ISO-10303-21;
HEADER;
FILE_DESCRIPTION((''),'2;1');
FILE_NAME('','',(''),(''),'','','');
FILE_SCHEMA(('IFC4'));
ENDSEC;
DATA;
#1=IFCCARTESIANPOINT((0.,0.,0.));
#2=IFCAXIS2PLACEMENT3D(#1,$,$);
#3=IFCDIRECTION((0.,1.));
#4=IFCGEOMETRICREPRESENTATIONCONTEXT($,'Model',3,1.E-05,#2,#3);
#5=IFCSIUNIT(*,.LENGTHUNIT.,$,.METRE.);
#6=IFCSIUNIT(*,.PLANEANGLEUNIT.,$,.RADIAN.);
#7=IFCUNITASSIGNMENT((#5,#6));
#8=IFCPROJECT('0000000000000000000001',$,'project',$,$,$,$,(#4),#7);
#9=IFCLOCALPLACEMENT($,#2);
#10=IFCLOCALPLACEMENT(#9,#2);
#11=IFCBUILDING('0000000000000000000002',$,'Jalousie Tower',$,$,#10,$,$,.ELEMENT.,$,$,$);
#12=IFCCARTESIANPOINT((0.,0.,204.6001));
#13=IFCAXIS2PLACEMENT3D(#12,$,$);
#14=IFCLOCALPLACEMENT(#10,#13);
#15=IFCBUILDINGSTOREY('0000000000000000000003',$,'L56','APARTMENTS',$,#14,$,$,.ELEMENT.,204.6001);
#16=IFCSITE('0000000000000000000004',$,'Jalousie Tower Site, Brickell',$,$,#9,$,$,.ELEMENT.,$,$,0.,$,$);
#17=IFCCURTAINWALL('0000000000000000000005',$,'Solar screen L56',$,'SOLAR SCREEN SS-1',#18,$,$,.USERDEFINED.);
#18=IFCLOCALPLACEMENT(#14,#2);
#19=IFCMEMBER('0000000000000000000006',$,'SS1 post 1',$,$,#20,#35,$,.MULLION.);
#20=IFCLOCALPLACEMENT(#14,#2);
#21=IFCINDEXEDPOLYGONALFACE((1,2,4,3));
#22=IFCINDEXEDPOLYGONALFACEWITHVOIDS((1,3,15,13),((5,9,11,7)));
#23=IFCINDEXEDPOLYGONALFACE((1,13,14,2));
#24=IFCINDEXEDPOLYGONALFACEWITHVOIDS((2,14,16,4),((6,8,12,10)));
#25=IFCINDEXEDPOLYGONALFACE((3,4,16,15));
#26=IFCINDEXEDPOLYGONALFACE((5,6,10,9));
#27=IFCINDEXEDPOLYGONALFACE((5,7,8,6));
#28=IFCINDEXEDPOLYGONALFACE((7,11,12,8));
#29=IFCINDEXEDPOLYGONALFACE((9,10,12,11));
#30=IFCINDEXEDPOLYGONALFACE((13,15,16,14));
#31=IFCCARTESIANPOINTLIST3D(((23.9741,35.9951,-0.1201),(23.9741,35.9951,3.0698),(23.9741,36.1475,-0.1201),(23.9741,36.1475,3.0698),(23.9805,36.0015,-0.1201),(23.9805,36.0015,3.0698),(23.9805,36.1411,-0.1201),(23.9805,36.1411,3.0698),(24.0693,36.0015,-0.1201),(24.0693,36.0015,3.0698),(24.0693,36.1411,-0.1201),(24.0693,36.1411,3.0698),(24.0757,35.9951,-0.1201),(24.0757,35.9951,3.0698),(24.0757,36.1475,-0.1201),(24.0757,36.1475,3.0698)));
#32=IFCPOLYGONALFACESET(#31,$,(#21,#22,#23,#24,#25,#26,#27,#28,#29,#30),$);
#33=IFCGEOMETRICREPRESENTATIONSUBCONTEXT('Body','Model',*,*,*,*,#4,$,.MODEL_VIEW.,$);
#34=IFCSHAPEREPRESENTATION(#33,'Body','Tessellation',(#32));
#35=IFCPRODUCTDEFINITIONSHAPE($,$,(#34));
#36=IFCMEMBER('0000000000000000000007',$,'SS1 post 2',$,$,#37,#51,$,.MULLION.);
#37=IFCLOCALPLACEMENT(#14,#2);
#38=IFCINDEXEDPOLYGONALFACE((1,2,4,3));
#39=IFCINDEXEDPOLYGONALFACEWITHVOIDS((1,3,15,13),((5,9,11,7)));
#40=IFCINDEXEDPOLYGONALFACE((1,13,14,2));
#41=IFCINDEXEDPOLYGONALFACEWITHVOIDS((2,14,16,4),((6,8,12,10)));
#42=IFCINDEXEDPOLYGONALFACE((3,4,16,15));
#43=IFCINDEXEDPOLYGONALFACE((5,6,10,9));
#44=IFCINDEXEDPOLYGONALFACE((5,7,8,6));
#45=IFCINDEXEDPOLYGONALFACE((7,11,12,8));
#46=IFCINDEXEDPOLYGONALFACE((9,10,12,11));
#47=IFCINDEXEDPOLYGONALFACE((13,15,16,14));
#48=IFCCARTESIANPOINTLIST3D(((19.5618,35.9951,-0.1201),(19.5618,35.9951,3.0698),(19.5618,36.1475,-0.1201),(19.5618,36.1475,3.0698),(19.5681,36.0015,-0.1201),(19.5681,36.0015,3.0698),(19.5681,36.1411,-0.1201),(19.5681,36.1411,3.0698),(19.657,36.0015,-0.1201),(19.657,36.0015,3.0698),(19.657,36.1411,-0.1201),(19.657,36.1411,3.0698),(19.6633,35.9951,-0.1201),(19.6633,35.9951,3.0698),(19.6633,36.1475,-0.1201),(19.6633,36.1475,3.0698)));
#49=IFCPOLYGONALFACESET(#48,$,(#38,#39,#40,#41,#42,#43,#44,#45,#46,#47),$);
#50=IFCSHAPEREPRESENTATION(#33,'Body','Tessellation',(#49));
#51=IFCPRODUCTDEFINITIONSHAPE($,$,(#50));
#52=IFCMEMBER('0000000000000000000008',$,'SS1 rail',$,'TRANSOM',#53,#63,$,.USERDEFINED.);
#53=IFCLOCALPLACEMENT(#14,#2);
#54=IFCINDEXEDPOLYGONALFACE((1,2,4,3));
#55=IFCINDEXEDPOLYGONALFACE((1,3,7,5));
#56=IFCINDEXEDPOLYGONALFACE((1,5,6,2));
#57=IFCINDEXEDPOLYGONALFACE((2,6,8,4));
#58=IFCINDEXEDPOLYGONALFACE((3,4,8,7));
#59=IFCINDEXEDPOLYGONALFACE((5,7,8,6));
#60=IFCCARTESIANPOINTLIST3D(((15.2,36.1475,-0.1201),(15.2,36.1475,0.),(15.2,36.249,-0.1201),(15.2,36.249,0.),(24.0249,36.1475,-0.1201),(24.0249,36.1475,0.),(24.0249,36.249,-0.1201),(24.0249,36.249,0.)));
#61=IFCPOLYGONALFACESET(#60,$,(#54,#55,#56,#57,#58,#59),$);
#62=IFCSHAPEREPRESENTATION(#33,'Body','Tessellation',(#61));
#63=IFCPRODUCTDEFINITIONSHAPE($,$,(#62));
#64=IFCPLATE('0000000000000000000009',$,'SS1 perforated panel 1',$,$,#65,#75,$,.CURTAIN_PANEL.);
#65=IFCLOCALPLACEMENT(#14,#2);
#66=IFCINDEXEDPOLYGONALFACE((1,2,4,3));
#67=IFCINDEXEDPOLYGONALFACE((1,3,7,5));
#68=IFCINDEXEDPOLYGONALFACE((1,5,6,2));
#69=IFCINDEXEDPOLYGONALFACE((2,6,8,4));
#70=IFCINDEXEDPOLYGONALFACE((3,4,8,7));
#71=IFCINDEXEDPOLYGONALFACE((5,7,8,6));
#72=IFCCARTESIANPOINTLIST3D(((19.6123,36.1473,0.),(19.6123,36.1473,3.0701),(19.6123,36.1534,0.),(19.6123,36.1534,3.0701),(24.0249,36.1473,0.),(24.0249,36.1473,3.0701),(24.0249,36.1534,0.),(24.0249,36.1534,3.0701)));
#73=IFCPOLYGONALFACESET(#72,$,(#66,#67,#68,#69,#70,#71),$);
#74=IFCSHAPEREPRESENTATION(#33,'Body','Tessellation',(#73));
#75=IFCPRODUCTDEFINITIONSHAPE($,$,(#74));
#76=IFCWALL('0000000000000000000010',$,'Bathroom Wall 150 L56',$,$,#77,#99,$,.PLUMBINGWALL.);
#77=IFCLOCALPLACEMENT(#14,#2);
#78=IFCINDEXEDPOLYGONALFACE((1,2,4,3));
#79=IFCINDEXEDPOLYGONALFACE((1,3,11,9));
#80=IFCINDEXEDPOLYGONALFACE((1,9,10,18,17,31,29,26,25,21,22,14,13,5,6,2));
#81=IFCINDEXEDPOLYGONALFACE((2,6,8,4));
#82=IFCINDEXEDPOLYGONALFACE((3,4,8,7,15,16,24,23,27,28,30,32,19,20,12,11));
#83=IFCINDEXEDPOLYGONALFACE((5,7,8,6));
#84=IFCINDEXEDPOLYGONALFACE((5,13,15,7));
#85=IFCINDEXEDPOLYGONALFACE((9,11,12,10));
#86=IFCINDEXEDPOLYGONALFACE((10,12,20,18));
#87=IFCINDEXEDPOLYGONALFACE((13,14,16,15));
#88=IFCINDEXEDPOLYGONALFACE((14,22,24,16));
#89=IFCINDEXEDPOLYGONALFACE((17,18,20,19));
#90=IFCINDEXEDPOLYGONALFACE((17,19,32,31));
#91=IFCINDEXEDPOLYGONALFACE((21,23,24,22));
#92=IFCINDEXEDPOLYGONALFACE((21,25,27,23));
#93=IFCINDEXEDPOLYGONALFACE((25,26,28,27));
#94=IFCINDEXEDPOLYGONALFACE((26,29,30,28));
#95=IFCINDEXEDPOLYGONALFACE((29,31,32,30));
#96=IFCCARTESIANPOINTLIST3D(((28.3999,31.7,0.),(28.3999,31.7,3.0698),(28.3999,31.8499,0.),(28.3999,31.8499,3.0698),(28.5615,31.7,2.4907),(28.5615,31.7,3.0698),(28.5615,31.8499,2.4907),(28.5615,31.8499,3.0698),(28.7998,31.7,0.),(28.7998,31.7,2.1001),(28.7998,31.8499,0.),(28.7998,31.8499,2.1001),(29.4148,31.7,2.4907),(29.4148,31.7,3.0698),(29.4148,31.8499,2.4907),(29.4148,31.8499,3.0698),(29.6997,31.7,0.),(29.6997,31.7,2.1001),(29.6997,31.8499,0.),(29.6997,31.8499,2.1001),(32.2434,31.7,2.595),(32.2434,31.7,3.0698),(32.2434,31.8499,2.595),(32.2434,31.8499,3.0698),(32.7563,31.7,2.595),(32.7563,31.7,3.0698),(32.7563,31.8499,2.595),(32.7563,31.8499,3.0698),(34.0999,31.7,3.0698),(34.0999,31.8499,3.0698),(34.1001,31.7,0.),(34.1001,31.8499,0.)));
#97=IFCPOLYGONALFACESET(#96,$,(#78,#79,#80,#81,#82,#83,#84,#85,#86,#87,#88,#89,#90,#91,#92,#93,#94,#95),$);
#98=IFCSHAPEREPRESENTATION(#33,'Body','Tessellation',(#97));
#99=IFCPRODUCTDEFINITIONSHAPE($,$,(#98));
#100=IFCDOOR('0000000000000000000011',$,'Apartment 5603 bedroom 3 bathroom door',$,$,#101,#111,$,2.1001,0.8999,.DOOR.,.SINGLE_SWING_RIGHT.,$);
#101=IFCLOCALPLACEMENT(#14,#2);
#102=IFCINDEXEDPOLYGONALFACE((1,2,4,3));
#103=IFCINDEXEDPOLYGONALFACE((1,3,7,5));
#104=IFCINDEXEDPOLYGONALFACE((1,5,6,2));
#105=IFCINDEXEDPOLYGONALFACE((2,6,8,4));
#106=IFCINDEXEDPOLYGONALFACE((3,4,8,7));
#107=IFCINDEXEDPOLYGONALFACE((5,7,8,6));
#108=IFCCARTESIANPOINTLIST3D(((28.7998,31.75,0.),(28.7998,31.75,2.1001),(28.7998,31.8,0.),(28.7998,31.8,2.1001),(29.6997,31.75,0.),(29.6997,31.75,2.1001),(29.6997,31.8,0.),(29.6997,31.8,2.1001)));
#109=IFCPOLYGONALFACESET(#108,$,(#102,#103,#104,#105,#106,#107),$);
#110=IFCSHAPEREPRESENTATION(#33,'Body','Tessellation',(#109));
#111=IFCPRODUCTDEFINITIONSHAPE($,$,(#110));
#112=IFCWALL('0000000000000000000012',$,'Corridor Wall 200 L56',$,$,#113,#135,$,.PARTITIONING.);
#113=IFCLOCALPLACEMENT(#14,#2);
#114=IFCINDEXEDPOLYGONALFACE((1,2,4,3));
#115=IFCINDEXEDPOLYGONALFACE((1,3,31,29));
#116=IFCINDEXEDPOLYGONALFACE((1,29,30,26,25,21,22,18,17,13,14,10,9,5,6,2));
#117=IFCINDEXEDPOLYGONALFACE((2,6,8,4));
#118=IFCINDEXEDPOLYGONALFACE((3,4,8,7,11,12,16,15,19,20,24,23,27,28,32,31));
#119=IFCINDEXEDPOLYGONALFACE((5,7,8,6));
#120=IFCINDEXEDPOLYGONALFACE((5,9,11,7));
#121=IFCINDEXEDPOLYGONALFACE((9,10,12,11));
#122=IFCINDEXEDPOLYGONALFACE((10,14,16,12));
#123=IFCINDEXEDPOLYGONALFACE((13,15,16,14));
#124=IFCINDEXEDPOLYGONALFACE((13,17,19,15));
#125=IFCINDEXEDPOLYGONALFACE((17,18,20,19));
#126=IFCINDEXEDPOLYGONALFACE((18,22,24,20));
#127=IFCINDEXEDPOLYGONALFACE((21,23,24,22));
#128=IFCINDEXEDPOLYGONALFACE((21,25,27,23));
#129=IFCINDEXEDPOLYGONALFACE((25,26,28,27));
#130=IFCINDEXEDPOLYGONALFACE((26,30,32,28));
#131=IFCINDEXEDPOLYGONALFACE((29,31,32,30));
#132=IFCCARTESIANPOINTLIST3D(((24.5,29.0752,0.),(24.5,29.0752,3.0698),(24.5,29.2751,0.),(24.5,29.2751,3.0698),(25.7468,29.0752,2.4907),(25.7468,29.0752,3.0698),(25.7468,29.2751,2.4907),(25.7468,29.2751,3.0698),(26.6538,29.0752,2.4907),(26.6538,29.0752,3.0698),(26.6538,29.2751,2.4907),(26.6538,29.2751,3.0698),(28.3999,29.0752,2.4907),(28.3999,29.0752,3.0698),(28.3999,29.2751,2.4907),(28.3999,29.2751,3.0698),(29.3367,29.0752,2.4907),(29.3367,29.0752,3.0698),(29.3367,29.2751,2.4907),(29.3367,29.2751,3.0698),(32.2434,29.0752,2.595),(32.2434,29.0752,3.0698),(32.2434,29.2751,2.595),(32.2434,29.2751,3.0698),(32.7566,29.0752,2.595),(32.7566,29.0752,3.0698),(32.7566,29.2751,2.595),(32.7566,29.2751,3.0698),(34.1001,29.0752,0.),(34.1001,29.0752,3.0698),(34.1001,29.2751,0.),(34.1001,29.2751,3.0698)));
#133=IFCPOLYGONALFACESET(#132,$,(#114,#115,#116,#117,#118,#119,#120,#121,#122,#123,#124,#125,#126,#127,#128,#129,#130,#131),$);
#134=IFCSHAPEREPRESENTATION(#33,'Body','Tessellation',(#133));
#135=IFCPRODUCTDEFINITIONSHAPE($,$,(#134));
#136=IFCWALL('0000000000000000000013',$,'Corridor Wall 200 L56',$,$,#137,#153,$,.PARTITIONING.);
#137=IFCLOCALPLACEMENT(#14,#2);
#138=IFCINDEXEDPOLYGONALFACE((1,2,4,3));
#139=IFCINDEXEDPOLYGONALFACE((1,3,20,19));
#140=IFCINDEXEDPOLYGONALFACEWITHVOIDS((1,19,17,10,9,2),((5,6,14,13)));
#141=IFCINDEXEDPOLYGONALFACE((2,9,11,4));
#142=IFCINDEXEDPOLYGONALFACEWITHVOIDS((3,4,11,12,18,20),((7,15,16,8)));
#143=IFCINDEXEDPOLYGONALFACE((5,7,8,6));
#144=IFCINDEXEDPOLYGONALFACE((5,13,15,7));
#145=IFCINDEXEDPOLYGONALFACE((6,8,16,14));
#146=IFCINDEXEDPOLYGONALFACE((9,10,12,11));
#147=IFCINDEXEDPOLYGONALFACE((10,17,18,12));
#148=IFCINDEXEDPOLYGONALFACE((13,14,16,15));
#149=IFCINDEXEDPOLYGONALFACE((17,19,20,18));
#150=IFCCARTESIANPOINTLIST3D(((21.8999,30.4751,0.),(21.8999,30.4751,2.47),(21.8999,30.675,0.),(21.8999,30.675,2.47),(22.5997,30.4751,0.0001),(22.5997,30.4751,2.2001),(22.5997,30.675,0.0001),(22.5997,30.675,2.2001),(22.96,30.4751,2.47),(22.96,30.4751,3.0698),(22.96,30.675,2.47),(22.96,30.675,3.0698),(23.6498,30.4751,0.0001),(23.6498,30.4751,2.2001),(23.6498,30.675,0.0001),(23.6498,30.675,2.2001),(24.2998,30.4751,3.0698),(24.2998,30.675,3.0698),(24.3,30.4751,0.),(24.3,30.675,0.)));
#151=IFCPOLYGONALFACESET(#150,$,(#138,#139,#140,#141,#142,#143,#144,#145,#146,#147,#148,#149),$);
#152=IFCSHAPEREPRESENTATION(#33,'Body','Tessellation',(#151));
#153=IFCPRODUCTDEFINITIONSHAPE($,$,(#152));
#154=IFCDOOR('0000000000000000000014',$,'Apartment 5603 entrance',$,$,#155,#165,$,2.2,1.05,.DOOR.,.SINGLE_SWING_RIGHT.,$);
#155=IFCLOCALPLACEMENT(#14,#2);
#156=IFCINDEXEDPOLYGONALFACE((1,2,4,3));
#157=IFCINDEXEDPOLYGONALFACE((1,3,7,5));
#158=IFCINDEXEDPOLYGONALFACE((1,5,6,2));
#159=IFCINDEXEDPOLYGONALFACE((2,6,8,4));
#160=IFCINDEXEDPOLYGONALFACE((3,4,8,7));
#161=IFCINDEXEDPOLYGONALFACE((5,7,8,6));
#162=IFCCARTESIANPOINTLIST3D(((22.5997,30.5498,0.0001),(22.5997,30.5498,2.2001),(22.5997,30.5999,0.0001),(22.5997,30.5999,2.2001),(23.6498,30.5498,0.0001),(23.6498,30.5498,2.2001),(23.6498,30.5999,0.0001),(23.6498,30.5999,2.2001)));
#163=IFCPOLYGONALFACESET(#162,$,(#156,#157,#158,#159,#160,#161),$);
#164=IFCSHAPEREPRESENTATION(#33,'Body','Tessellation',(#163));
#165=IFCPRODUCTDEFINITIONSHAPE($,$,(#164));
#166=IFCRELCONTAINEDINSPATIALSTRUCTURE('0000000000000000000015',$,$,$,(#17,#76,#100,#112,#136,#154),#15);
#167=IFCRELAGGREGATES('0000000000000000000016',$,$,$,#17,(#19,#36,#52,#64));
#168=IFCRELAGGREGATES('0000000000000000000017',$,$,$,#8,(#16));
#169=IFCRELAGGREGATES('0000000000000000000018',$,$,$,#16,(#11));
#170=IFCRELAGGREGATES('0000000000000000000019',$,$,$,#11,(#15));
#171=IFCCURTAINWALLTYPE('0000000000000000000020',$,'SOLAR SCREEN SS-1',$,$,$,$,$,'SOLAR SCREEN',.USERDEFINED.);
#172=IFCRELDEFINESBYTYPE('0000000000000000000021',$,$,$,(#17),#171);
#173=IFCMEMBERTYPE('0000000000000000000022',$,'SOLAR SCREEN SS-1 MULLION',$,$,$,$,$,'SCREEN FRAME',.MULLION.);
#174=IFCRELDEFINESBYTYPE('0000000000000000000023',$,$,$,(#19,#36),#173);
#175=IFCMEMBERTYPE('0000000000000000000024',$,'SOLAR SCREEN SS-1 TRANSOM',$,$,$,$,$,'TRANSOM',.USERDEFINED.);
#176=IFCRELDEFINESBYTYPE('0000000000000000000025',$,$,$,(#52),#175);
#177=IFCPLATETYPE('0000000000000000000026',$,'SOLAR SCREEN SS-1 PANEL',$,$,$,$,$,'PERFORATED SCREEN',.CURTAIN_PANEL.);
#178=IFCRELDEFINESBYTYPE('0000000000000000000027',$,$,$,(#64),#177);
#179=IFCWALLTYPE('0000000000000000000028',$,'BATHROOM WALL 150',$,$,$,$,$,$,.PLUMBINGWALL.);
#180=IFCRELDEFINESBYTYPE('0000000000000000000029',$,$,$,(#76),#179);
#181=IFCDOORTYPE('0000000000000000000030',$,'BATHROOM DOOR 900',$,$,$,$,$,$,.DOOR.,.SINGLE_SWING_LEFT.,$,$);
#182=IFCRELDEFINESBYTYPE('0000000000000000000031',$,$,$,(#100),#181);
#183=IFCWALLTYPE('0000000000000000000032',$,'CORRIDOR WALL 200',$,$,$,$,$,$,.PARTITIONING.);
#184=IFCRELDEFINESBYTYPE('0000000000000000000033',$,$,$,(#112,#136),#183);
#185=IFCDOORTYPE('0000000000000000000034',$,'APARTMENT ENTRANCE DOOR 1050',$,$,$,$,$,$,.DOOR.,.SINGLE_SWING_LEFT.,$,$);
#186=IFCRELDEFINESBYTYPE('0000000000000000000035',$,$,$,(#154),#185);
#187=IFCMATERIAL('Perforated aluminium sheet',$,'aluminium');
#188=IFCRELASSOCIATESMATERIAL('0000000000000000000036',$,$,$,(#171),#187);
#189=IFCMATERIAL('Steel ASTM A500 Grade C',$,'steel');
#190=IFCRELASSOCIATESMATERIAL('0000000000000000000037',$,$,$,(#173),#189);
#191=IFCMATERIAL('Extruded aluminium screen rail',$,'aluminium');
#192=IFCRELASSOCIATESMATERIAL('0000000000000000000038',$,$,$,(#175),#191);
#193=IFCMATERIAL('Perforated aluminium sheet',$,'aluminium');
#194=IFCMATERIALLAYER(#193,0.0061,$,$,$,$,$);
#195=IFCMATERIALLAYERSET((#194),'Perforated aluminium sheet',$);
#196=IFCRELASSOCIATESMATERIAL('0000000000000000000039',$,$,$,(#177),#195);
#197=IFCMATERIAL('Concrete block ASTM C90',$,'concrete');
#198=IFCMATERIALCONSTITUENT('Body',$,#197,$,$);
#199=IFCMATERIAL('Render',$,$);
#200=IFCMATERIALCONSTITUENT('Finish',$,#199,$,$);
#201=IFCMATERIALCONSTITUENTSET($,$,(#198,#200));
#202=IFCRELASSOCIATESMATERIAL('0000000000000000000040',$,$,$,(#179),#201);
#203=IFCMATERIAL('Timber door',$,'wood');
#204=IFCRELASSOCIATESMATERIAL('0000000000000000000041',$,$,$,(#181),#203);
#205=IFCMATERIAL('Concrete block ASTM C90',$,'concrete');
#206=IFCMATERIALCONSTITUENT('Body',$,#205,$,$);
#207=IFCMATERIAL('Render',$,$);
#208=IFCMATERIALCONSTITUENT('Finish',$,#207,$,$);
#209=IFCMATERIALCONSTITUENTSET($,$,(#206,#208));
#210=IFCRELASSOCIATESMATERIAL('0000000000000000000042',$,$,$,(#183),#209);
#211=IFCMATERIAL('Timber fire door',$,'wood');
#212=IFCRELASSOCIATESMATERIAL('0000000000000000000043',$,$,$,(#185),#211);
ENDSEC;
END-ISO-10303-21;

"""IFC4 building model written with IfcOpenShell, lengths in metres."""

from ifc_helpers import new_model, si_unit, direction, frame, frame_2d, origin, origin_2d, place, context, subcontext, project, spatial, polyline, rectangle, hollow_rectangle, outline, extrude, material, layer, layer_set, constituent, constituent_set, material_profile, profile_set, type_object, element, fill, aggregate, save


model = new_model("IFC4")

# Units and contexts
model_context = context("Model", 3, precision=1e-05, world=origin(), true_north=direction((0.0, 1.0)))
body_context = subcontext(model_context, "Body", "Model", "MODEL_VIEW")
ifc_project = project(units=[si_unit("LENGTHUNIT", "METRE"), si_unit("PLANEANGLEUNIT", "RADIAN")], contexts=[model_context])

# Site, building, storey
site_placement = place(None, origin())
site = spatial("IfcSite", under=ifc_project, at=site_placement, Name="Jalousie Tower Site, Brickell", CompositionType="ELEMENT", RefElevation=0.0)
building_placement = place(site_placement, origin())
building = spatial("IfcBuilding", under=site, at=building_placement, Name="Jalousie Tower", CompositionType="ELEMENT")
storey_placement = place(building_placement, frame((0.0, 0.0, 204.6001)))
storey = spatial("IfcBuildingStorey", under=building, at=storey_placement, Name="L56", Description="APARTMENTS", CompositionType="ELEMENT", Elevation=204.6001)

# Shared definitions
ifc_material_1 = material(Name="Perforated aluminium sheet", Category="aluminium")
curtain_wall_type = type_object("IfcCurtainWallType", Name="SOLAR SCREEN SS-1", ElementType="SOLAR SCREEN", PredefinedType="USERDEFINED", material=ifc_material_1)
ifc_material_2 = material(Name="Steel ASTM A500 Grade C", Category="steel")
ifc_material_profile_1 = material_profile(ifc_material_2, hollow_rectangle(XDim=0.1016, YDim=0.1523, WallThickness=0.0063, at=origin_2d()), Name="HSS6X4X1/4")
ifc_profile_set_1 = profile_set([ifc_material_profile_1], Name="Steel ASTM A500 Grade C")
member_type_1 = type_object("IfcMemberType", Name="SOLAR SCREEN SS-1 MULLION", ElementType="SCREEN FRAME", PredefinedType="MULLION", material=ifc_profile_set_1)

# Curtain wall, members, plate
curtain_wall_1_placement = place(storey_placement, origin())
curtain_wall_1 = element("IfcCurtainWall", 1, at=curtain_wall_1_placement, inside=storey, type_object=curtain_wall_type, Name="Solar screen L56", ObjectType="SOLAR SCREEN SS-1", PredefinedType="USERDEFINED")
member_1_placement = place(storey_placement, frame((24.0249, 36.0713, -0.1201), z_axis=(0.0, 0.0, 1.0), x_axis=(-1.0, 0.0, 0.0)))
member_1 = element("IfcMember", 2, at=member_1_placement, type_object=member_type_1, Name="SS1 post 1", PredefinedType="MULLION", context=body_context, shape_type="SweptSolid", body=[
    extrude(hollow_rectangle(XDim=0.1016, YDim=0.1523, WallThickness=0.0063, at=origin_2d()), origin(), (0.0, 0.0, 1.0), 3.1899),
])
member_2_placement = place(storey_placement, frame((19.6125, 36.0713, -0.1201), z_axis=(0.0, 0.0, 1.0), x_axis=(-1.0, 0.0, 0.0)))
member_2 = element("IfcMember", 3, at=member_2_placement, type_object=member_type_1, Name="SS1 post 2", PredefinedType="MULLION", context=body_context, shape_type="SweptSolid", body=[
    extrude(hollow_rectangle(XDim=0.1016, YDim=0.1523, WallThickness=0.0063, at=origin_2d()), origin(), (0.0, 0.0, 1.0), 3.1899),
])
ifc_material_3 = material(Name="Extruded aluminium screen rail", Category="aluminium")
ifc_material_profile_2 = material_profile(ifc_material_3, rectangle(XDim=0.1016, YDim=0.1201, at=origin_2d()), Name="RAIL 102x120")
ifc_profile_set_2 = profile_set([ifc_material_profile_2], Name="Extruded aluminium screen rail")
member_type_2 = type_object("IfcMemberType", Name="SOLAR SCREEN SS-1 TRANSOM", ElementType="TRANSOM", PredefinedType="USERDEFINED", material=ifc_profile_set_2)
member_3_placement = place(storey_placement, frame((24.0249, 36.1982, -0.0601), z_axis=(-1.0, 0.0, 0.0), x_axis=(0.0, -1.0, 0.0)))
member_3 = element("IfcMember", 4, at=member_3_placement, type_object=member_type_2, Name="SS1 rail", ObjectType="TRANSOM", PredefinedType="USERDEFINED", context=body_context, shape_type="SweptSolid", body=[
    extrude(rectangle(XDim=0.1016, YDim=0.1201, at=origin_2d()), origin(), (0.0, 0.0, 1.0), 8.825),
])
ifc_material_4 = material(Name="Perforated aluminium sheet", Category="aluminium")
ifc_layer = layer(ifc_material_4, 0.0061)
ifc_layer_set = layer_set([ifc_layer], Name="Perforated aluminium sheet")
plate_type = type_object("IfcPlateType", Name="SOLAR SCREEN SS-1 PANEL", ElementType="PERFORATED SCREEN", PredefinedType="CURTAIN_PANEL", material=ifc_layer_set)
plate_placement = place(storey_placement, frame((21.8186, 36.1504, 0.0), z_axis=(0.0, 0.0, 1.0), x_axis=(-1.0, 0.0, 0.0)))
plate = element("IfcPlate", 5, at=plate_placement, type_object=plate_type, Name="SS1 perforated panel 1", PredefinedType="CURTAIN_PANEL", context=body_context, shape_type="SweptSolid", body=[
    extrude(rectangle(XDim=4.4126, YDim=0.0061, at=origin_2d()), origin(), (0.0, 0.0, 1.0), 3.0701),
])
aggregate(curtain_wall_1, [member_1, member_2, member_3, plate])

# Wall, opening, door
ifc_material_5 = material(Name="Concrete block ASTM C90", Category="concrete")
ifc_constituent_1 = constituent(ifc_material_5, Name="Body")
ifc_material_6 = material(Name="Render")
ifc_constituent_2 = constituent(ifc_material_6, Name="Finish")
ifc_constituent_set_1 = constituent_set(constituents=[ifc_constituent_1, ifc_constituent_2])
wall_type_1 = type_object("IfcWallType", Name="BATHROOM WALL 150", PredefinedType="PLUMBINGWALL", material=ifc_constituent_set_1)
wall_1_placement = place(storey_placement, frame((28.3999, 31.7749, 0.0), z_axis=(0.0, 0.0, 1.0), x_axis=(1.0, 0.0, 0.0)))
wall_1 = element("IfcWall", 6, at=wall_1_placement, inside=storey, type_object=wall_type_1, Name="Bathroom Wall 150 L56", PredefinedType="PLUMBINGWALL", context=body_context, shape_type="SweptSolid", body=[
    extrude(outline(polyline([(0.0, 0.0), (5.7002, 0.0), (5.7, 3.0698), (4.3564, 3.0698), (4.3564, 2.595), (3.8435, 2.595), (3.8435, 3.0698), (1.0149, 3.0698), (1.0149, 2.4907), (0.1616, 2.4907), (0.1616, 3.0698), (0.0, 3.0698), (0.0, 0.0)])), frame((0.0, 0.075, 0.0), z_axis=(0.0, -1.0, 0.0), x_axis=(1.0, 0.0, 0.0)), (0.0, 0.0, 1.0), 0.1499),
])
opening_1_placement = place(wall_1_placement, frame((0.3999, 0.0, 0.0)))
opening_1 = element("IfcOpeningElement", 7, at=opening_1_placement, cuts=wall_1, PredefinedType="OPENING", context=body_context, shape_type="SweptSolid", body=[
    extrude(rectangle(XDim=0.8999, YDim=2.1001, at=frame_2d((0.45, 1.05))), frame((0.0, 0.085, 0.0), z_axis=(0.0, -1.0, 0.0), x_axis=(1.0, 0.0, 0.0)), (0.0, 0.0, 1.0), 0.1699),
])
ifc_material_7 = material(Name="Timber door", Category="wood")
door_type_1 = type_object("IfcDoorType", Name="BATHROOM DOOR 900", OperationType="SINGLE_SWING_LEFT", PredefinedType="DOOR", material=ifc_material_7)
door_1_placement = place(opening_1_placement, frame((0.8999, 0.0, 0.0), z_axis=(0.0, 0.0, 1.0), x_axis=(-1.0, 0.0, 0.0)))
door_1 = element("IfcDoor", 8, at=door_1_placement, inside=storey, type_object=door_type_1, Name="Apartment 5603 bedroom 3 bathroom door", OperationType="SINGLE_SWING_RIGHT", OverallHeight=2.1001, OverallWidth=0.8999, PredefinedType="DOOR", context=body_context, shape_type="SweptSolid", body=[
    extrude(rectangle(XDim=0.8999, YDim=2.1001, at=frame_2d((0.45, 1.05))), frame((0.0, 0.0249, 0.0), z_axis=(0.0, -1.0, 0.0), x_axis=(1.0, 0.0, 0.0)), (0.0, 0.0, 1.0), 0.05),
])
fill(opening_1, door_1)

# Wall
ifc_material_8 = material(Name="Concrete block ASTM C90", Category="concrete")
ifc_constituent_3 = constituent(ifc_material_8, Name="Body")
ifc_material_9 = material(Name="Render")
ifc_constituent_4 = constituent(ifc_material_9, Name="Finish")
ifc_constituent_set_2 = constituent_set(constituents=[ifc_constituent_3, ifc_constituent_4])
wall_type_2 = type_object("IfcWallType", Name="CORRIDOR WALL 200", PredefinedType="PARTITIONING", material=ifc_constituent_set_2)
wall_2_placement = place(storey_placement, frame((24.5, 29.175, 0.0), z_axis=(0.0, 0.0, 1.0), x_axis=(1.0, 0.0, 0.0)))
element("IfcWall", 9, at=wall_2_placement, inside=storey, type_object=wall_type_2, Name="Corridor Wall 200 L56", PredefinedType="PARTITIONING", context=body_context, shape_type="SweptSolid", body=[
    extrude(outline(polyline([(0.0, 0.0), (9.6001, 0.0), (9.6001, 3.0698), (8.2566, 3.0698), (8.2566, 2.595), (7.7434, 2.595), (7.7434, 3.0698), (4.8367, 3.0698), (4.8367, 2.4907), (3.8999, 2.4907), (3.8999, 3.0698), (2.1538, 3.0698), (2.1538, 2.4907), (1.2468, 2.4907), (1.2468, 3.0698), (0.0, 3.0698), (0.0, 0.0)])), frame((0.0, 0.1001, 0.0), z_axis=(0.0, -1.0, 0.0), x_axis=(1.0, 0.0, 0.0)), (0.0, 0.0, 1.0), 0.2),
])

# Wall, opening, door
wall_3_placement = place(storey_placement, frame((21.8999, 30.575, 0.0), z_axis=(0.0, 0.0, 1.0), x_axis=(1.0, 0.0, 0.0)))
wall_3 = element("IfcWall", 10, at=wall_3_placement, inside=storey, type_object=wall_type_2, Name="Corridor Wall 200 L56", PredefinedType="PARTITIONING", context=body_context, shape_type="SweptSolid", body=[
    extrude(outline(polyline([(0.0, 0.0), (2.4001, 0.0), (2.3999, 3.0698), (1.0601, 3.0698), (1.0601, 2.47), (0.0, 2.47), (0.0, 3.0698), (0.0, 0.0)])), frame((0.0, 0.1001, 0.0), z_axis=(0.0, -1.0, 0.0), x_axis=(1.0, 0.0, 0.0)), (0.0, 0.0, 1.0), 0.2),
])
opening_2_placement = place(wall_3_placement, frame((0.7, 0.0, 0.0)))
opening_2 = element("IfcOpeningElement", 11, at=opening_2_placement, cuts=wall_3, PredefinedType="OPENING", context=body_context, shape_type="SweptSolid", body=[
    extrude(rectangle(XDim=1.05, YDim=2.2, at=frame_2d((0.5249, 1.1001))), frame((0.0, 0.1099, 0.0), z_axis=(0.0, -1.0, 0.0), x_axis=(1.0, 0.0, 0.0)), (0.0, 0.0, 1.0), 0.22),
])
ifc_material_10 = material(Name="Timber fire door", Category="wood")
door_type_2 = type_object("IfcDoorType", Name="APARTMENT ENTRANCE DOOR 1050", OperationType="SINGLE_SWING_LEFT", PredefinedType="DOOR", material=ifc_material_10)
door_2_placement = place(opening_2_placement, origin())
door_2 = element("IfcDoor", 12, at=door_2_placement, inside=storey, type_object=door_type_2, Name="Apartment 5603 entrance", OperationType="SINGLE_SWING_RIGHT", OverallHeight=2.2, OverallWidth=1.05, PredefinedType="DOOR", context=body_context, shape_type="SweptSolid", body=[
    extrude(rectangle(XDim=1.05, YDim=2.2, at=frame_2d((0.5249, 1.1001))), frame((0.0, 0.0249, 0.0), z_axis=(0.0, -1.0, 0.0), x_axis=(1.0, 0.0, 0.0)), (0.0, 0.0, 1.0), 0.05),
])
fill(opening_2, door_2)

save(model, "model.ifc")
